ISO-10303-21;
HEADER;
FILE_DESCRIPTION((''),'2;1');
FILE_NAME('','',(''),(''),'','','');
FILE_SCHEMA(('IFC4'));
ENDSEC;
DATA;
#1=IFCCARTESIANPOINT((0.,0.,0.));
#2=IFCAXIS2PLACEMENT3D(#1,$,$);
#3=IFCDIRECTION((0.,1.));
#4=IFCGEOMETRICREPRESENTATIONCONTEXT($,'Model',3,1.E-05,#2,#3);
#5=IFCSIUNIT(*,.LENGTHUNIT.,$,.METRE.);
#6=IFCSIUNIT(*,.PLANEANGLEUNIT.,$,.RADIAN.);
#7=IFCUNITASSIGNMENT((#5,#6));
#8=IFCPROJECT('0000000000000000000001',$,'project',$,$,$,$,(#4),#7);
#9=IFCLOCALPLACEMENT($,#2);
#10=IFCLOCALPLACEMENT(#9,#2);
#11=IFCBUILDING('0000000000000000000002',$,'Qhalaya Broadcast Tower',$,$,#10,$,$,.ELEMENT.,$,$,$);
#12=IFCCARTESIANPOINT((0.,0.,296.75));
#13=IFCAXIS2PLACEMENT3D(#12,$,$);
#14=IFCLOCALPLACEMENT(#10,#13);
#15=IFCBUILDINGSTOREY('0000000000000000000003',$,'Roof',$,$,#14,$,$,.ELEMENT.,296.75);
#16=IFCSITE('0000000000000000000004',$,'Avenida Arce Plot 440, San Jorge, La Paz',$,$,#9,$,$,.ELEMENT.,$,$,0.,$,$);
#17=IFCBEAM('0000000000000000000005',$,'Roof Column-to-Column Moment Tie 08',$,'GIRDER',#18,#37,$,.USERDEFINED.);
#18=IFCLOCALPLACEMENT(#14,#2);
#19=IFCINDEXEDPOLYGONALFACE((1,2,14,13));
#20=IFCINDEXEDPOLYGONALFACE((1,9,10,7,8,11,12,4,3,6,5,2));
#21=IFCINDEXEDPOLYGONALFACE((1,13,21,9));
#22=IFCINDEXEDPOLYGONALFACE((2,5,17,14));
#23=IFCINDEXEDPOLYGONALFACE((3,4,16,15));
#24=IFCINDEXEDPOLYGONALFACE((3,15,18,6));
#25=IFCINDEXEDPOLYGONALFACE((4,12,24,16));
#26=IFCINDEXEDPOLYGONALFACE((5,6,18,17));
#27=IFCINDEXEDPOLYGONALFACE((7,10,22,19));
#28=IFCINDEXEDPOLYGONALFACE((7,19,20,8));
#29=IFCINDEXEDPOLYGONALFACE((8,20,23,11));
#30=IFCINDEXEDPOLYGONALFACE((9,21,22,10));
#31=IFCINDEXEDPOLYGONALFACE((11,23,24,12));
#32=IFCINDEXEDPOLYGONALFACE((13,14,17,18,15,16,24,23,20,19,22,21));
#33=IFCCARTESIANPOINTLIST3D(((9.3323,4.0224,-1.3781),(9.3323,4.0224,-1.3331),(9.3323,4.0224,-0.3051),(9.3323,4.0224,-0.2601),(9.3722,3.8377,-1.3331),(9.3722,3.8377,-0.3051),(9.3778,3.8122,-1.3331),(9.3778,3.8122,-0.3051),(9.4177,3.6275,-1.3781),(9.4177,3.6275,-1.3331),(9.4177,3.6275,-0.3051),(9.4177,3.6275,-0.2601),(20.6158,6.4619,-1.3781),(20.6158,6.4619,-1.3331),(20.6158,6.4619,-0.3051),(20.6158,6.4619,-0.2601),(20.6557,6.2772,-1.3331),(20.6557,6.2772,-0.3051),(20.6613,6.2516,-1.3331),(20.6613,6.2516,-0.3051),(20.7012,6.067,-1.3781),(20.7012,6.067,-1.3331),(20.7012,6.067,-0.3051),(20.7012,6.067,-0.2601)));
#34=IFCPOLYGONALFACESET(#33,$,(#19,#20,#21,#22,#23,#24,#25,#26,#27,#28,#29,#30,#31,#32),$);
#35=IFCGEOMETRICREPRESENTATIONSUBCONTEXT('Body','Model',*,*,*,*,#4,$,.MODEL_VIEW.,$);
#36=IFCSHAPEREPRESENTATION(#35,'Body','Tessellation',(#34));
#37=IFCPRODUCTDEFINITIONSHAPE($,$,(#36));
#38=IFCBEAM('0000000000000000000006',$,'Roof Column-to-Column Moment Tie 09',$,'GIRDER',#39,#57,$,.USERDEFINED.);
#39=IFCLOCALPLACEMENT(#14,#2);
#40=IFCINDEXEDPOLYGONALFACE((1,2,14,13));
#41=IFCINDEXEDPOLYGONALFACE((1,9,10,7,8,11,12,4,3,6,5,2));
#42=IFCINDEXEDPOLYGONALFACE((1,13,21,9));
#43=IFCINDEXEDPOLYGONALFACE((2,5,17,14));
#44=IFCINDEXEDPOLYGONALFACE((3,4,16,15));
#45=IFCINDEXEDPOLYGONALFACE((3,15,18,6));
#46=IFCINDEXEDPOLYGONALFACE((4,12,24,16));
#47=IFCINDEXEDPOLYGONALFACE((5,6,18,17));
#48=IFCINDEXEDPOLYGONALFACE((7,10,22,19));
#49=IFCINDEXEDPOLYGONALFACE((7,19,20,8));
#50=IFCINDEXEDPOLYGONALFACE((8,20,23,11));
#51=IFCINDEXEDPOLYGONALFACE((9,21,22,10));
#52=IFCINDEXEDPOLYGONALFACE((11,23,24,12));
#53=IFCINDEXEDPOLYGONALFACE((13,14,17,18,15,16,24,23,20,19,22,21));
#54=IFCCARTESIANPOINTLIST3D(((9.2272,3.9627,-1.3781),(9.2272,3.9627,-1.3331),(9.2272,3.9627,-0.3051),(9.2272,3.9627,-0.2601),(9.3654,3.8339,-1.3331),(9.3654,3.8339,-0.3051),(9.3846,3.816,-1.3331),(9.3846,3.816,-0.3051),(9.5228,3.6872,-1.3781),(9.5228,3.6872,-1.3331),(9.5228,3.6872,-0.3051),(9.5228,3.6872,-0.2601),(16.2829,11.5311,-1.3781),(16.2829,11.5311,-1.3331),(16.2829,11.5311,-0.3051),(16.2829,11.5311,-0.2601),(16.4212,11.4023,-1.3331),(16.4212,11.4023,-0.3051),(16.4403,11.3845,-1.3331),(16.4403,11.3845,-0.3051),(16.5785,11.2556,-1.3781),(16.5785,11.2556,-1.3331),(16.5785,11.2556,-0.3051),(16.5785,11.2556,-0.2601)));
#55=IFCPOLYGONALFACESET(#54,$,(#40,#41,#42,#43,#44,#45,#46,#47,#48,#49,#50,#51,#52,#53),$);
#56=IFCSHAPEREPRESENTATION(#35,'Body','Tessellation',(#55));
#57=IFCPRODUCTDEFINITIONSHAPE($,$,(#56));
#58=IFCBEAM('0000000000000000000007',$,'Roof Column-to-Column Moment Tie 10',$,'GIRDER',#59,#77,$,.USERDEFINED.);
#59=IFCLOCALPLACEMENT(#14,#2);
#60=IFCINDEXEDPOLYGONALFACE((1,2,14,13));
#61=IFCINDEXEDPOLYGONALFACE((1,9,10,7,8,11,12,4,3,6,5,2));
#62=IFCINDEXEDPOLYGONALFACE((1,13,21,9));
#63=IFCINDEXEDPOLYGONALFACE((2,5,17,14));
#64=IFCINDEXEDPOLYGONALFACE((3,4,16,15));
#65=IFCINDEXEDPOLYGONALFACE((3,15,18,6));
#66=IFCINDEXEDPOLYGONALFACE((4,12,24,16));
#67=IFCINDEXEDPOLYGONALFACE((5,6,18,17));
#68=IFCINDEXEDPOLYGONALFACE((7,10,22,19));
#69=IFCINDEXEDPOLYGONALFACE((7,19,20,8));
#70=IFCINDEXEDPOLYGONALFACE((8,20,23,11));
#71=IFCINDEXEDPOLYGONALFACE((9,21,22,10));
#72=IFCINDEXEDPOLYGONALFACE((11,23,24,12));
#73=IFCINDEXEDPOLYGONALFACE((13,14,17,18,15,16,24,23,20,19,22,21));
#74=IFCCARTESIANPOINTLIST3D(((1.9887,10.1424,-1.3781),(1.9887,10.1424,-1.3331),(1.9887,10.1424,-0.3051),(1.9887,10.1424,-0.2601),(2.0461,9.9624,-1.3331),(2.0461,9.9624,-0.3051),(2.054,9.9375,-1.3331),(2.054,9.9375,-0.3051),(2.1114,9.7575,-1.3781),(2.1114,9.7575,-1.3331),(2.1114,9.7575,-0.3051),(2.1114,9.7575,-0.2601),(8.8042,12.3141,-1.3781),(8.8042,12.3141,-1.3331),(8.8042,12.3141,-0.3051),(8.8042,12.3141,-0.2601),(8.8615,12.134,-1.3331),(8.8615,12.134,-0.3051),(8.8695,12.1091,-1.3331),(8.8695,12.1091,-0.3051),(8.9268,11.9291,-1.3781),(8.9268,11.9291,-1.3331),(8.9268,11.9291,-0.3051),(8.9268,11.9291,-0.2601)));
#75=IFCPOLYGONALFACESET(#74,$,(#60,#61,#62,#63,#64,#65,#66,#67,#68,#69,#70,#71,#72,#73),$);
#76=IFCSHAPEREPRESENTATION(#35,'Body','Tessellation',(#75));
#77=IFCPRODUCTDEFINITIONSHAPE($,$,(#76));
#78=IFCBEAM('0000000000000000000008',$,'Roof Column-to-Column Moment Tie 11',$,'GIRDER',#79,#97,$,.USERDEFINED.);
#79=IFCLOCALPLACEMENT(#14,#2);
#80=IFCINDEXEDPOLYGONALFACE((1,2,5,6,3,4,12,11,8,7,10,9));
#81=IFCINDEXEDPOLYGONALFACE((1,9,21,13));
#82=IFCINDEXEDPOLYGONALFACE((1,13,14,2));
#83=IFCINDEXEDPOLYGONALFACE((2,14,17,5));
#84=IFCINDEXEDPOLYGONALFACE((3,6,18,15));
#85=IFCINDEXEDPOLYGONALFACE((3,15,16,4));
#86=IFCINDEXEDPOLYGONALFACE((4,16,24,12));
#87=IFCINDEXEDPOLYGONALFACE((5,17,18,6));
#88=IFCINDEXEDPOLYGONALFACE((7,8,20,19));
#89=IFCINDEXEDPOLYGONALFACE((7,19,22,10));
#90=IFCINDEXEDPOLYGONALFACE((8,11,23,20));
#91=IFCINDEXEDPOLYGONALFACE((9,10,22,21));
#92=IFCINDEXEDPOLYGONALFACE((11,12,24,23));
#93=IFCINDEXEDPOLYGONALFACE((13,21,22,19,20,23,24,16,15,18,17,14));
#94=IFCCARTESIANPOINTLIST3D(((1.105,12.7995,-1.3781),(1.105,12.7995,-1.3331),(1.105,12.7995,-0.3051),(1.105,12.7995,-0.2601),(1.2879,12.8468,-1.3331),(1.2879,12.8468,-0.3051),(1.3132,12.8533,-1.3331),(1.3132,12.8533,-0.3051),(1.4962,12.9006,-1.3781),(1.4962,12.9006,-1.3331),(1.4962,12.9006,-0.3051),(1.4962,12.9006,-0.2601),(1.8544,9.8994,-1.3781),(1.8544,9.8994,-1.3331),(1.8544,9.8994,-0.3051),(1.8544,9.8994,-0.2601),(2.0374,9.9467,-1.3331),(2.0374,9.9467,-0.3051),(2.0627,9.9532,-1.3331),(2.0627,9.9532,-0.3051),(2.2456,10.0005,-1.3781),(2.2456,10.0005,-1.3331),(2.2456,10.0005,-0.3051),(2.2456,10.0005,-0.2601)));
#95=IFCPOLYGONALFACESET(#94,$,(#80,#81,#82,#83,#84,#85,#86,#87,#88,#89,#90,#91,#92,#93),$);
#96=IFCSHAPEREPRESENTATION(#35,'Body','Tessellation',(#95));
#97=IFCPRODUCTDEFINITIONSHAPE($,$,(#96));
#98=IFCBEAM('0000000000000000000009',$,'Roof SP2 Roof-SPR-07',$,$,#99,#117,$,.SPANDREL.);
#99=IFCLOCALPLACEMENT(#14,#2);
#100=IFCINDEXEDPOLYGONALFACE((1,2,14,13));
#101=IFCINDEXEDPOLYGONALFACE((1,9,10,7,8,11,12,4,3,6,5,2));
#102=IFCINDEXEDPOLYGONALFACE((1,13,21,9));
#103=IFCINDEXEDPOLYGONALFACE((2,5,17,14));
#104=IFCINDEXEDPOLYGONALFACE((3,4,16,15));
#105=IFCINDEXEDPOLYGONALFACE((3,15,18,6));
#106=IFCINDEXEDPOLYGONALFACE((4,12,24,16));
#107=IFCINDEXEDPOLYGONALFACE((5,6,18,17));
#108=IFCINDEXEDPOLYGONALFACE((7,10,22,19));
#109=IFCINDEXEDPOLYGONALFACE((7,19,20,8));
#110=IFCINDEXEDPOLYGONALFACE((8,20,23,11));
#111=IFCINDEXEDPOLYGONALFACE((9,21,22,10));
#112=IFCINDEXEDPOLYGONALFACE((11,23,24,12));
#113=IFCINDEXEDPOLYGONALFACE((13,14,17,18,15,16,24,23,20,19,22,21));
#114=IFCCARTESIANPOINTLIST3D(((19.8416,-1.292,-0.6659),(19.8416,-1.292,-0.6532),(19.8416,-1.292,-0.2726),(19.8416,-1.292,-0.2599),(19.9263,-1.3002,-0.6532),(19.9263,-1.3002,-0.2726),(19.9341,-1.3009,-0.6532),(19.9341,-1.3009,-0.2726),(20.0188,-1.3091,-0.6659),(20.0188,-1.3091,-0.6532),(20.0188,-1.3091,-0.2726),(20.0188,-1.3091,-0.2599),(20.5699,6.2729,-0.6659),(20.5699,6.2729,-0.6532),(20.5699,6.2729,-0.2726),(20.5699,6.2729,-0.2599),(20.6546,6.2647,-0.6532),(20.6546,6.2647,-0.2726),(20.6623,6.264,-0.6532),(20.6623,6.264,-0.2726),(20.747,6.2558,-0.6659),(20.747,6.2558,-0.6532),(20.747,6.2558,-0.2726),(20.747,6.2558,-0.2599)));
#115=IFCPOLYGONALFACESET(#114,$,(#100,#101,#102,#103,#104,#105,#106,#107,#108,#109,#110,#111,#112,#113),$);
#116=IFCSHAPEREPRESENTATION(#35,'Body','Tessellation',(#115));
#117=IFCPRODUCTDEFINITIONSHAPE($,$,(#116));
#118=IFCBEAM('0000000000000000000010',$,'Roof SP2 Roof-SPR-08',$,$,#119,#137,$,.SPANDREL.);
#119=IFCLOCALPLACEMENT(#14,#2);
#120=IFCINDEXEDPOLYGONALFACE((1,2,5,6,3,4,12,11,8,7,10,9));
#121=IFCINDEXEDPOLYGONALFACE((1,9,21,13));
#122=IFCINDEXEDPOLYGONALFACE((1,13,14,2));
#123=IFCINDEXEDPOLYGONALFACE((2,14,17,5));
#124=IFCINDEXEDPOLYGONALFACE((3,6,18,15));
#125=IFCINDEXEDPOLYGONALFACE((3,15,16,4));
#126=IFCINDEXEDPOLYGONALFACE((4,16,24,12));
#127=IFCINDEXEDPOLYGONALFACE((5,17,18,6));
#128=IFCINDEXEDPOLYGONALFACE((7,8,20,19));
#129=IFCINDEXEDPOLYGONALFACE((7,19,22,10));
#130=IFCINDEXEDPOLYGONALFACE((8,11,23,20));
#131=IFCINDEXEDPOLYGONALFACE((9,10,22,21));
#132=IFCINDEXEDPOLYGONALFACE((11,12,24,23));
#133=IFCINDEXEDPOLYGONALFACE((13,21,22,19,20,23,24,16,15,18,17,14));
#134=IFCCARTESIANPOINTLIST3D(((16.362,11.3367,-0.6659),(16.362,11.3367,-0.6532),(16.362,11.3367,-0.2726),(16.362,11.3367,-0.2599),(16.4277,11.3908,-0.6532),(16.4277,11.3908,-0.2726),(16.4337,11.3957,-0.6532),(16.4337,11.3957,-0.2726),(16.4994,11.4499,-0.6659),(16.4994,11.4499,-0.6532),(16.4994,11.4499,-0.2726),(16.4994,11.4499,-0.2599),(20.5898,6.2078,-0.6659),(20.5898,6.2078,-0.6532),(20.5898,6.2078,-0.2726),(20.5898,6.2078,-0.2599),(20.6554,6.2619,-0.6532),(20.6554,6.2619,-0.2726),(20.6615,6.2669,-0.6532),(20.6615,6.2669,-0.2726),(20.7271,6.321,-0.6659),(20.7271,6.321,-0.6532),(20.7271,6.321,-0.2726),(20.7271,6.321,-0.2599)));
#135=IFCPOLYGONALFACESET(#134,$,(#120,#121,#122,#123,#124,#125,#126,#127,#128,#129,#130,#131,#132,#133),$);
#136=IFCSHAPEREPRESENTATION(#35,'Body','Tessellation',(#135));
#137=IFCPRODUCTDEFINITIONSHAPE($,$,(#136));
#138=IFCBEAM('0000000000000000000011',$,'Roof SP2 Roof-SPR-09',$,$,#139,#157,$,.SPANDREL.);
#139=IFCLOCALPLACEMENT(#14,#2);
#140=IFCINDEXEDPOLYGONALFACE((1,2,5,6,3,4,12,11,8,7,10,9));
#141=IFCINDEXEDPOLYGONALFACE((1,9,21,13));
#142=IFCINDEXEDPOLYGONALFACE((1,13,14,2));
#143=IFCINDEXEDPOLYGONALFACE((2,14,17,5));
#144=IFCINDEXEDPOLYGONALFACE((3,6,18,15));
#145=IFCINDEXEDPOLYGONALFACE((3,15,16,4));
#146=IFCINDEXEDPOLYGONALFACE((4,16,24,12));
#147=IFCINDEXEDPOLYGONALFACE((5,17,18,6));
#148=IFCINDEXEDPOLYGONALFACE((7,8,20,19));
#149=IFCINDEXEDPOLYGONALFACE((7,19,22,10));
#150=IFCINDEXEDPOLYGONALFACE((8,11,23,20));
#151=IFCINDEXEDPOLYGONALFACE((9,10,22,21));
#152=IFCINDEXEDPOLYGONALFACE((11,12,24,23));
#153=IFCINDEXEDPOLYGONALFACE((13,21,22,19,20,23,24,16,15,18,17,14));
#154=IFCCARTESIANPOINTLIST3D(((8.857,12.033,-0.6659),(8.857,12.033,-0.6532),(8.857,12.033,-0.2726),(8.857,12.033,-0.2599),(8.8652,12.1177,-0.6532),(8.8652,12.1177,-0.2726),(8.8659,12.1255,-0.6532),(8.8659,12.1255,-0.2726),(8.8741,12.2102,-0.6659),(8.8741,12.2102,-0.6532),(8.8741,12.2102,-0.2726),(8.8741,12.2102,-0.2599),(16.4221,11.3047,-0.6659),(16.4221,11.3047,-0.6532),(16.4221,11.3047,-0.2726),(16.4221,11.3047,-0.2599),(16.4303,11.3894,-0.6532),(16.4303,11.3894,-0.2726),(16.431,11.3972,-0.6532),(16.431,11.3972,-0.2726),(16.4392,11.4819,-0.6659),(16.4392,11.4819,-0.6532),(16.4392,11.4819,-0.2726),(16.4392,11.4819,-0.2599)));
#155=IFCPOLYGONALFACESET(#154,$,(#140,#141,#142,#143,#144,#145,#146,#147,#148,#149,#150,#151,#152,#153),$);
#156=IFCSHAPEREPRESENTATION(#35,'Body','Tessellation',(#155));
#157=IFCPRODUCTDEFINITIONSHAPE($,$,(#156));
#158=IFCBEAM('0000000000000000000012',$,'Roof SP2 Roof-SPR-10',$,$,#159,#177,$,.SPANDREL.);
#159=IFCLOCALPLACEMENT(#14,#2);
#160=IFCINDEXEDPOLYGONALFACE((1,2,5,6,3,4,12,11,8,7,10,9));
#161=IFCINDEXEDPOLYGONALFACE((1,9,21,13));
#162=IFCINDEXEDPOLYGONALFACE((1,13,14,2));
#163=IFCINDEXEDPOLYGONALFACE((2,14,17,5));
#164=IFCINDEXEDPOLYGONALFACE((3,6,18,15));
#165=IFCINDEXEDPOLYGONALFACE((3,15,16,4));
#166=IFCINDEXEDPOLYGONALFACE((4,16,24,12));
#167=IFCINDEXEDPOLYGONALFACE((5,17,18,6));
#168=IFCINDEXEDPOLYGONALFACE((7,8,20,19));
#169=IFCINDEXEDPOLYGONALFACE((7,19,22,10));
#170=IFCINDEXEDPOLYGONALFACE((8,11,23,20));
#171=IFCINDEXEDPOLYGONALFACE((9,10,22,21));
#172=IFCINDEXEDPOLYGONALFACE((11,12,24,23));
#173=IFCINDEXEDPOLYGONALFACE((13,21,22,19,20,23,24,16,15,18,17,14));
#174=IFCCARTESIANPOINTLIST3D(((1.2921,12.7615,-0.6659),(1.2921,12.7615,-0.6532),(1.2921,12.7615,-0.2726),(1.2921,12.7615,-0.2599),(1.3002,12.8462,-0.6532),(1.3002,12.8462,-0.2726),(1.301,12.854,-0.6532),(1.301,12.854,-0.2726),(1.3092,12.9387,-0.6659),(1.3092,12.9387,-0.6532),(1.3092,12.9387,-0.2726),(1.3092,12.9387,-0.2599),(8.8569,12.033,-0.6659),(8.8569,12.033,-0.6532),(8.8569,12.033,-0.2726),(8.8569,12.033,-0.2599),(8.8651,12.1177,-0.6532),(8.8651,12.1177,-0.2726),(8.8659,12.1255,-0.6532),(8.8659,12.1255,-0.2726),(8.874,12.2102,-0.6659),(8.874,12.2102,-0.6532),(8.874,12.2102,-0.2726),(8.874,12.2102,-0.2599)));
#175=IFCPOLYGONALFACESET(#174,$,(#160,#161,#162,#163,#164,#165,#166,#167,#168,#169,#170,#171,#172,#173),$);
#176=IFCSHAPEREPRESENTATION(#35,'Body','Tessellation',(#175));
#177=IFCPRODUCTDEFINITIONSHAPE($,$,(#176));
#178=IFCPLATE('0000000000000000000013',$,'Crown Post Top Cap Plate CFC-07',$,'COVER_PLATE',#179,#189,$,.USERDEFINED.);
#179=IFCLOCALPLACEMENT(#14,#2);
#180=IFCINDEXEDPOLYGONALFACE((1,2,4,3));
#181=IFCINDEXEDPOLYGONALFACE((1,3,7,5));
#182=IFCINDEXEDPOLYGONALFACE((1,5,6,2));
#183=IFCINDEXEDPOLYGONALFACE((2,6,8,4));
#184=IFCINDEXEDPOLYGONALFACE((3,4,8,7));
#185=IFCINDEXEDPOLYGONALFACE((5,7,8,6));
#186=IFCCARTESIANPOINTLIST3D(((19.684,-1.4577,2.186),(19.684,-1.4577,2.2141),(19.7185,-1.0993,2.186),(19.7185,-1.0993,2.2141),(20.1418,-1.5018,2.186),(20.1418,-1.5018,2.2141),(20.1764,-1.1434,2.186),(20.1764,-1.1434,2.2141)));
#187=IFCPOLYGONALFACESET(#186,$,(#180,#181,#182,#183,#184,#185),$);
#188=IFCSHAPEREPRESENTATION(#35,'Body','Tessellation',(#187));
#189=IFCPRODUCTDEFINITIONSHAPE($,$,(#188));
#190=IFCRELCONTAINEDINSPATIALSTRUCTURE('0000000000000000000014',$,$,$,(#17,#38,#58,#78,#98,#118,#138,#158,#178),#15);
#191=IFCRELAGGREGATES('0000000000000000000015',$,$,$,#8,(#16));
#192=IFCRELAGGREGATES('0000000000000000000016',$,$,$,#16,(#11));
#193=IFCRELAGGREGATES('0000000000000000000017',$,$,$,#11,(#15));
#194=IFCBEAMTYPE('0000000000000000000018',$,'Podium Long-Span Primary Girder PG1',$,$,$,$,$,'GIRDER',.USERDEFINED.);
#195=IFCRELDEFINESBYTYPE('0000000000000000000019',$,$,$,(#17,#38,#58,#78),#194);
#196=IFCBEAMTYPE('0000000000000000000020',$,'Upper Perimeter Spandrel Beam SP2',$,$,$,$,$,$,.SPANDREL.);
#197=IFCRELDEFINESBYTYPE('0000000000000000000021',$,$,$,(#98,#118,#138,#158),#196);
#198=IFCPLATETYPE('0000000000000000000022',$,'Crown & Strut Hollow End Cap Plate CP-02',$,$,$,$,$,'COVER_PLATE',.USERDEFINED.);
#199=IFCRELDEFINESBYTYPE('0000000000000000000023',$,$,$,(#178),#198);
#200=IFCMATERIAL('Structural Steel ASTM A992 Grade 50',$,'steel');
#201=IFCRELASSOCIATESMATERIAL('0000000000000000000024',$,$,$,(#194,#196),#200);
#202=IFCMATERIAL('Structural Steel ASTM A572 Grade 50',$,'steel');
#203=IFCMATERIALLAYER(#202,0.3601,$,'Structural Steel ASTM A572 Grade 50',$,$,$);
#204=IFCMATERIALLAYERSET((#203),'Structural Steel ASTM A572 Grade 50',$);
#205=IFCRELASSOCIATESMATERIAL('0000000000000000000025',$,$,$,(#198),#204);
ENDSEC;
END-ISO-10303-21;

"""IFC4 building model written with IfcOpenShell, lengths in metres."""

from ifc_helpers import new_model, si_unit, direction, frame, origin, origin_2d, place, context, subcontext, project, spatial, rectangle, i_section, extrude, material, layer, layer_set, material_profile, profile_set, type_object, element, save


model = new_model("IFC4")

# Units and contexts
model_context = context("Model", 3, precision=1e-05, world=origin(), true_north=direction((0.0, 1.0)))
body_context = subcontext(model_context, "Body", "Model", "MODEL_VIEW")
ifc_project = project(units=[si_unit("LENGTHUNIT", "METRE"), si_unit("PLANEANGLEUNIT", "RADIAN")], contexts=[model_context])

# Site, building, storey
site_placement = place(None, origin())
site = spatial("IfcSite", under=ifc_project, at=site_placement, Name="Avenida Arce Plot 440, San Jorge, La Paz", CompositionType="ELEMENT", RefElevation=0.0)
building_placement = place(site_placement, origin())
building = spatial("IfcBuilding", under=site, at=building_placement, Name="Qhalaya Broadcast Tower", CompositionType="ELEMENT")
storey_placement = place(building_placement, frame((0.0, 0.0, 296.75)))
storey = spatial("IfcBuildingStorey", under=building, at=storey_placement, Name="Roof", CompositionType="ELEMENT", Elevation=296.75)

# Shared definitions
ifc_material_1 = material(Name="Structural Steel ASTM A992 Grade 50", Category="steel")

# Shared definitions
ifc_material_2 = material(Name="Structural Steel ASTM A572 Grade 50", Category="steel")

# Beams
ifc_material_profile_1 = material_profile(ifc_material_1, i_section(OverallWidth=0.4041, OverallDepth=1.1179, WebThickness=0.0261, FlangeThickness=0.0449, at=origin_2d()), Name="W44X335")
ifc_profile_set_1 = profile_set([ifc_material_profile_1], Name="Structural Steel ASTM A992 Grade 50")
beam_type_1 = type_object("IfcBeamType", Name="Podium Long-Span Primary Girder PG1", ElementType="GIRDER", PredefinedType="USERDEFINED", material=ifc_profile_set_1)
beam_1_placement = place(storey_placement, frame((9.375, 3.825, -0.8191), z_axis=(0.977418, 0.211315, 0.0), x_axis=(-0.211315, 0.977418, 0.0)))
element("IfcBeam", 1, at=beam_1_placement, inside=storey, type_object=beam_type_1, Name="Roof Column-to-Column Moment Tie 08", ObjectType="GIRDER", PredefinedType="USERDEFINED", context=body_context, shape_type="SweptSolid", body=[
    extrude(i_section(OverallWidth=0.4041, OverallDepth=1.1179, WebThickness=0.0261, FlangeThickness=0.0449, at=origin_2d()), origin(), (0.0, 0.0, 1.0), 11.5442),
])
beam_2_placement = place(storey_placement, frame((9.375, 3.825, -0.8191), z_axis=(0.681898, 0.731447, 0.0), x_axis=(-0.731447, 0.681898, 0.0)))
element("IfcBeam", 2, at=beam_2_placement, inside=storey, type_object=beam_type_1, Name="Roof Column-to-Column Moment Tie 09", ObjectType="GIRDER", PredefinedType="USERDEFINED", context=body_context, shape_type="SweptSolid", body=[
    extrude(i_section(OverallWidth=0.4041, OverallDepth=1.1179, WebThickness=0.0261, FlangeThickness=0.0449, at=origin_2d()), origin(), (0.0, 0.0, 1.0), 10.3472),
])
beam_3_placement = place(storey_placement, frame((2.05, 9.95, -0.8191), z_axis=(0.952801, 0.303595, 0.0), x_axis=(-0.303595, 0.952801, 0.0)))
element("IfcBeam", 3, at=beam_3_placement, inside=storey, type_object=beam_type_1, Name="Roof Column-to-Column Moment Tie 10", ObjectType="GIRDER", PredefinedType="USERDEFINED", context=body_context, shape_type="SweptSolid", body=[
    extrude(i_section(OverallWidth=0.4041, OverallDepth=1.1179, WebThickness=0.0261, FlangeThickness=0.0449, at=origin_2d()), origin(), (0.0, 0.0, 1.0), 7.1531),
])
beam_4_placement = place(storey_placement, frame((2.05, 9.95, -0.8191), z_axis=(-0.250218, 0.968189, 0.0), x_axis=(-0.968189, -0.250218, 0.0)))
element("IfcBeam", 4, at=beam_4_placement, inside=storey, type_object=beam_type_1, Name="Roof Column-to-Column Moment Tie 11", ObjectType="GIRDER", PredefinedType="USERDEFINED", context=body_context, shape_type="SweptSolid", body=[
    extrude(i_section(OverallWidth=0.4041, OverallDepth=1.1179, WebThickness=0.0261, FlangeThickness=0.0449, at=origin_2d()), origin(), (0.0, 0.0, 1.0), 2.9954),
])
ifc_material_profile_2 = material_profile(ifc_material_1, i_section(OverallWidth=0.178, OverallDepth=0.406, WebThickness=0.0078, FlangeThickness=0.0127, at=origin_2d()), Name="W16X40")
ifc_profile_set_2 = profile_set([ifc_material_profile_2], Name="Structural Steel ASTM A992 Grade 50")
beam_type_2 = type_object("IfcBeamType", Name="Upper Perimeter Spandrel Beam SP2", PredefinedType="SPANDREL", material=ifc_profile_set_2)
beam_5_placement = place(storey_placement, frame((19.9302, -1.3005, -0.4629), z_axis=(0.095826, 0.995398, 0.0), x_axis=(-0.995398, 0.095826, 0.0)))
element("IfcBeam", 5, at=beam_5_placement, inside=storey, type_object=beam_type_2, Name="Roof SP2 Roof-SPR-07", PredefinedType="SPANDREL", context=body_context, shape_type="SweptSolid", body=[
    extrude(i_section(OverallWidth=0.178, OverallDepth=0.406, WebThickness=0.0078, FlangeThickness=0.0127, at=origin_2d()), origin(), (0.0, 0.0, 1.0), 7.5999),
])
beam_6_placement = place(storey_placement, frame((20.6584, 6.2644, -0.4629), z_axis=(-0.636064, 0.771636, 0.0), x_axis=(-0.771636, -0.636064, 0.0)))
element("IfcBeam", 6, at=beam_6_placement, inside=storey, type_object=beam_type_2, Name="Roof SP2 Roof-SPR-08", PredefinedType="SPANDREL", context=body_context, shape_type="SweptSolid", body=[
    extrude(i_section(OverallWidth=0.178, OverallDepth=0.406, WebThickness=0.0078, FlangeThickness=0.0127, at=origin_2d()), origin(), (0.0, 0.0, 1.0), 6.6467),
])
beam_7_placement = place(storey_placement, frame((16.4307, 11.3933, -0.4629), z_axis=(-0.995398, 0.095823, 0.0), x_axis=(-0.095823, -0.995398, 0.0)))
element("IfcBeam", 7, at=beam_7_placement, inside=storey, type_object=beam_type_2, Name="Roof SP2 Roof-SPR-09", PredefinedType="SPANDREL", context=body_context, shape_type="SweptSolid", body=[
    extrude(i_section(OverallWidth=0.178, OverallDepth=0.406, WebThickness=0.0078, FlangeThickness=0.0127, at=origin_2d()), origin(), (0.0, 0.0, 1.0), 7.6001),
])
beam_8_placement = place(storey_placement, frame((8.8655, 12.1216, -0.4629), z_axis=(-0.995395, 0.095858, 0.0), x_axis=(-0.095858, -0.995395, 0.0)))
element("IfcBeam", 8, at=beam_8_placement, inside=storey, type_object=beam_type_2, Name="Roof SP2 Roof-SPR-10", PredefinedType="SPANDREL", context=body_context, shape_type="SweptSolid", body=[
    extrude(i_section(OverallWidth=0.178, OverallDepth=0.406, WebThickness=0.0078, FlangeThickness=0.0127, at=origin_2d()), origin(), (0.0, 0.0, 1.0), 7.5999),
])

# Plate
ifc_layer = layer(ifc_material_2, 0.3601, Name="Structural Steel ASTM A572 Grade 50")
ifc_layer_set = layer_set([ifc_layer], Name="Structural Steel ASTM A572 Grade 50")
plate_type = type_object("IfcPlateType", Name="Crown & Strut Hollow End Cap Plate CP-02", ElementType="COVER_PLATE", PredefinedType="USERDEFINED", material=ifc_layer_set)
for number, where, z_axis, x_axis, name in (
    (9, (19.9302, -1.3005, 2.186), (0.0, 0.0, 1.0), (0.995396, -0.095846, 0.0), "Crown Post Top Cap Plate CFC-07"),
):
    element("IfcPlate", number, at=place(storey_placement, frame(where, z_axis=z_axis, x_axis=x_axis)), inside=storey, type_object=plate_type, Name=name, ObjectType="COVER_PLATE", PredefinedType="USERDEFINED", context=body_context, shape_type="SweptSolid", body=[
        extrude(rectangle(XDim=0.46, YDim=0.3601, at=origin_2d()), origin(), (0.0, 0.0, 1.0), 0.0281),
    ])

save(model, "model.ifc")
